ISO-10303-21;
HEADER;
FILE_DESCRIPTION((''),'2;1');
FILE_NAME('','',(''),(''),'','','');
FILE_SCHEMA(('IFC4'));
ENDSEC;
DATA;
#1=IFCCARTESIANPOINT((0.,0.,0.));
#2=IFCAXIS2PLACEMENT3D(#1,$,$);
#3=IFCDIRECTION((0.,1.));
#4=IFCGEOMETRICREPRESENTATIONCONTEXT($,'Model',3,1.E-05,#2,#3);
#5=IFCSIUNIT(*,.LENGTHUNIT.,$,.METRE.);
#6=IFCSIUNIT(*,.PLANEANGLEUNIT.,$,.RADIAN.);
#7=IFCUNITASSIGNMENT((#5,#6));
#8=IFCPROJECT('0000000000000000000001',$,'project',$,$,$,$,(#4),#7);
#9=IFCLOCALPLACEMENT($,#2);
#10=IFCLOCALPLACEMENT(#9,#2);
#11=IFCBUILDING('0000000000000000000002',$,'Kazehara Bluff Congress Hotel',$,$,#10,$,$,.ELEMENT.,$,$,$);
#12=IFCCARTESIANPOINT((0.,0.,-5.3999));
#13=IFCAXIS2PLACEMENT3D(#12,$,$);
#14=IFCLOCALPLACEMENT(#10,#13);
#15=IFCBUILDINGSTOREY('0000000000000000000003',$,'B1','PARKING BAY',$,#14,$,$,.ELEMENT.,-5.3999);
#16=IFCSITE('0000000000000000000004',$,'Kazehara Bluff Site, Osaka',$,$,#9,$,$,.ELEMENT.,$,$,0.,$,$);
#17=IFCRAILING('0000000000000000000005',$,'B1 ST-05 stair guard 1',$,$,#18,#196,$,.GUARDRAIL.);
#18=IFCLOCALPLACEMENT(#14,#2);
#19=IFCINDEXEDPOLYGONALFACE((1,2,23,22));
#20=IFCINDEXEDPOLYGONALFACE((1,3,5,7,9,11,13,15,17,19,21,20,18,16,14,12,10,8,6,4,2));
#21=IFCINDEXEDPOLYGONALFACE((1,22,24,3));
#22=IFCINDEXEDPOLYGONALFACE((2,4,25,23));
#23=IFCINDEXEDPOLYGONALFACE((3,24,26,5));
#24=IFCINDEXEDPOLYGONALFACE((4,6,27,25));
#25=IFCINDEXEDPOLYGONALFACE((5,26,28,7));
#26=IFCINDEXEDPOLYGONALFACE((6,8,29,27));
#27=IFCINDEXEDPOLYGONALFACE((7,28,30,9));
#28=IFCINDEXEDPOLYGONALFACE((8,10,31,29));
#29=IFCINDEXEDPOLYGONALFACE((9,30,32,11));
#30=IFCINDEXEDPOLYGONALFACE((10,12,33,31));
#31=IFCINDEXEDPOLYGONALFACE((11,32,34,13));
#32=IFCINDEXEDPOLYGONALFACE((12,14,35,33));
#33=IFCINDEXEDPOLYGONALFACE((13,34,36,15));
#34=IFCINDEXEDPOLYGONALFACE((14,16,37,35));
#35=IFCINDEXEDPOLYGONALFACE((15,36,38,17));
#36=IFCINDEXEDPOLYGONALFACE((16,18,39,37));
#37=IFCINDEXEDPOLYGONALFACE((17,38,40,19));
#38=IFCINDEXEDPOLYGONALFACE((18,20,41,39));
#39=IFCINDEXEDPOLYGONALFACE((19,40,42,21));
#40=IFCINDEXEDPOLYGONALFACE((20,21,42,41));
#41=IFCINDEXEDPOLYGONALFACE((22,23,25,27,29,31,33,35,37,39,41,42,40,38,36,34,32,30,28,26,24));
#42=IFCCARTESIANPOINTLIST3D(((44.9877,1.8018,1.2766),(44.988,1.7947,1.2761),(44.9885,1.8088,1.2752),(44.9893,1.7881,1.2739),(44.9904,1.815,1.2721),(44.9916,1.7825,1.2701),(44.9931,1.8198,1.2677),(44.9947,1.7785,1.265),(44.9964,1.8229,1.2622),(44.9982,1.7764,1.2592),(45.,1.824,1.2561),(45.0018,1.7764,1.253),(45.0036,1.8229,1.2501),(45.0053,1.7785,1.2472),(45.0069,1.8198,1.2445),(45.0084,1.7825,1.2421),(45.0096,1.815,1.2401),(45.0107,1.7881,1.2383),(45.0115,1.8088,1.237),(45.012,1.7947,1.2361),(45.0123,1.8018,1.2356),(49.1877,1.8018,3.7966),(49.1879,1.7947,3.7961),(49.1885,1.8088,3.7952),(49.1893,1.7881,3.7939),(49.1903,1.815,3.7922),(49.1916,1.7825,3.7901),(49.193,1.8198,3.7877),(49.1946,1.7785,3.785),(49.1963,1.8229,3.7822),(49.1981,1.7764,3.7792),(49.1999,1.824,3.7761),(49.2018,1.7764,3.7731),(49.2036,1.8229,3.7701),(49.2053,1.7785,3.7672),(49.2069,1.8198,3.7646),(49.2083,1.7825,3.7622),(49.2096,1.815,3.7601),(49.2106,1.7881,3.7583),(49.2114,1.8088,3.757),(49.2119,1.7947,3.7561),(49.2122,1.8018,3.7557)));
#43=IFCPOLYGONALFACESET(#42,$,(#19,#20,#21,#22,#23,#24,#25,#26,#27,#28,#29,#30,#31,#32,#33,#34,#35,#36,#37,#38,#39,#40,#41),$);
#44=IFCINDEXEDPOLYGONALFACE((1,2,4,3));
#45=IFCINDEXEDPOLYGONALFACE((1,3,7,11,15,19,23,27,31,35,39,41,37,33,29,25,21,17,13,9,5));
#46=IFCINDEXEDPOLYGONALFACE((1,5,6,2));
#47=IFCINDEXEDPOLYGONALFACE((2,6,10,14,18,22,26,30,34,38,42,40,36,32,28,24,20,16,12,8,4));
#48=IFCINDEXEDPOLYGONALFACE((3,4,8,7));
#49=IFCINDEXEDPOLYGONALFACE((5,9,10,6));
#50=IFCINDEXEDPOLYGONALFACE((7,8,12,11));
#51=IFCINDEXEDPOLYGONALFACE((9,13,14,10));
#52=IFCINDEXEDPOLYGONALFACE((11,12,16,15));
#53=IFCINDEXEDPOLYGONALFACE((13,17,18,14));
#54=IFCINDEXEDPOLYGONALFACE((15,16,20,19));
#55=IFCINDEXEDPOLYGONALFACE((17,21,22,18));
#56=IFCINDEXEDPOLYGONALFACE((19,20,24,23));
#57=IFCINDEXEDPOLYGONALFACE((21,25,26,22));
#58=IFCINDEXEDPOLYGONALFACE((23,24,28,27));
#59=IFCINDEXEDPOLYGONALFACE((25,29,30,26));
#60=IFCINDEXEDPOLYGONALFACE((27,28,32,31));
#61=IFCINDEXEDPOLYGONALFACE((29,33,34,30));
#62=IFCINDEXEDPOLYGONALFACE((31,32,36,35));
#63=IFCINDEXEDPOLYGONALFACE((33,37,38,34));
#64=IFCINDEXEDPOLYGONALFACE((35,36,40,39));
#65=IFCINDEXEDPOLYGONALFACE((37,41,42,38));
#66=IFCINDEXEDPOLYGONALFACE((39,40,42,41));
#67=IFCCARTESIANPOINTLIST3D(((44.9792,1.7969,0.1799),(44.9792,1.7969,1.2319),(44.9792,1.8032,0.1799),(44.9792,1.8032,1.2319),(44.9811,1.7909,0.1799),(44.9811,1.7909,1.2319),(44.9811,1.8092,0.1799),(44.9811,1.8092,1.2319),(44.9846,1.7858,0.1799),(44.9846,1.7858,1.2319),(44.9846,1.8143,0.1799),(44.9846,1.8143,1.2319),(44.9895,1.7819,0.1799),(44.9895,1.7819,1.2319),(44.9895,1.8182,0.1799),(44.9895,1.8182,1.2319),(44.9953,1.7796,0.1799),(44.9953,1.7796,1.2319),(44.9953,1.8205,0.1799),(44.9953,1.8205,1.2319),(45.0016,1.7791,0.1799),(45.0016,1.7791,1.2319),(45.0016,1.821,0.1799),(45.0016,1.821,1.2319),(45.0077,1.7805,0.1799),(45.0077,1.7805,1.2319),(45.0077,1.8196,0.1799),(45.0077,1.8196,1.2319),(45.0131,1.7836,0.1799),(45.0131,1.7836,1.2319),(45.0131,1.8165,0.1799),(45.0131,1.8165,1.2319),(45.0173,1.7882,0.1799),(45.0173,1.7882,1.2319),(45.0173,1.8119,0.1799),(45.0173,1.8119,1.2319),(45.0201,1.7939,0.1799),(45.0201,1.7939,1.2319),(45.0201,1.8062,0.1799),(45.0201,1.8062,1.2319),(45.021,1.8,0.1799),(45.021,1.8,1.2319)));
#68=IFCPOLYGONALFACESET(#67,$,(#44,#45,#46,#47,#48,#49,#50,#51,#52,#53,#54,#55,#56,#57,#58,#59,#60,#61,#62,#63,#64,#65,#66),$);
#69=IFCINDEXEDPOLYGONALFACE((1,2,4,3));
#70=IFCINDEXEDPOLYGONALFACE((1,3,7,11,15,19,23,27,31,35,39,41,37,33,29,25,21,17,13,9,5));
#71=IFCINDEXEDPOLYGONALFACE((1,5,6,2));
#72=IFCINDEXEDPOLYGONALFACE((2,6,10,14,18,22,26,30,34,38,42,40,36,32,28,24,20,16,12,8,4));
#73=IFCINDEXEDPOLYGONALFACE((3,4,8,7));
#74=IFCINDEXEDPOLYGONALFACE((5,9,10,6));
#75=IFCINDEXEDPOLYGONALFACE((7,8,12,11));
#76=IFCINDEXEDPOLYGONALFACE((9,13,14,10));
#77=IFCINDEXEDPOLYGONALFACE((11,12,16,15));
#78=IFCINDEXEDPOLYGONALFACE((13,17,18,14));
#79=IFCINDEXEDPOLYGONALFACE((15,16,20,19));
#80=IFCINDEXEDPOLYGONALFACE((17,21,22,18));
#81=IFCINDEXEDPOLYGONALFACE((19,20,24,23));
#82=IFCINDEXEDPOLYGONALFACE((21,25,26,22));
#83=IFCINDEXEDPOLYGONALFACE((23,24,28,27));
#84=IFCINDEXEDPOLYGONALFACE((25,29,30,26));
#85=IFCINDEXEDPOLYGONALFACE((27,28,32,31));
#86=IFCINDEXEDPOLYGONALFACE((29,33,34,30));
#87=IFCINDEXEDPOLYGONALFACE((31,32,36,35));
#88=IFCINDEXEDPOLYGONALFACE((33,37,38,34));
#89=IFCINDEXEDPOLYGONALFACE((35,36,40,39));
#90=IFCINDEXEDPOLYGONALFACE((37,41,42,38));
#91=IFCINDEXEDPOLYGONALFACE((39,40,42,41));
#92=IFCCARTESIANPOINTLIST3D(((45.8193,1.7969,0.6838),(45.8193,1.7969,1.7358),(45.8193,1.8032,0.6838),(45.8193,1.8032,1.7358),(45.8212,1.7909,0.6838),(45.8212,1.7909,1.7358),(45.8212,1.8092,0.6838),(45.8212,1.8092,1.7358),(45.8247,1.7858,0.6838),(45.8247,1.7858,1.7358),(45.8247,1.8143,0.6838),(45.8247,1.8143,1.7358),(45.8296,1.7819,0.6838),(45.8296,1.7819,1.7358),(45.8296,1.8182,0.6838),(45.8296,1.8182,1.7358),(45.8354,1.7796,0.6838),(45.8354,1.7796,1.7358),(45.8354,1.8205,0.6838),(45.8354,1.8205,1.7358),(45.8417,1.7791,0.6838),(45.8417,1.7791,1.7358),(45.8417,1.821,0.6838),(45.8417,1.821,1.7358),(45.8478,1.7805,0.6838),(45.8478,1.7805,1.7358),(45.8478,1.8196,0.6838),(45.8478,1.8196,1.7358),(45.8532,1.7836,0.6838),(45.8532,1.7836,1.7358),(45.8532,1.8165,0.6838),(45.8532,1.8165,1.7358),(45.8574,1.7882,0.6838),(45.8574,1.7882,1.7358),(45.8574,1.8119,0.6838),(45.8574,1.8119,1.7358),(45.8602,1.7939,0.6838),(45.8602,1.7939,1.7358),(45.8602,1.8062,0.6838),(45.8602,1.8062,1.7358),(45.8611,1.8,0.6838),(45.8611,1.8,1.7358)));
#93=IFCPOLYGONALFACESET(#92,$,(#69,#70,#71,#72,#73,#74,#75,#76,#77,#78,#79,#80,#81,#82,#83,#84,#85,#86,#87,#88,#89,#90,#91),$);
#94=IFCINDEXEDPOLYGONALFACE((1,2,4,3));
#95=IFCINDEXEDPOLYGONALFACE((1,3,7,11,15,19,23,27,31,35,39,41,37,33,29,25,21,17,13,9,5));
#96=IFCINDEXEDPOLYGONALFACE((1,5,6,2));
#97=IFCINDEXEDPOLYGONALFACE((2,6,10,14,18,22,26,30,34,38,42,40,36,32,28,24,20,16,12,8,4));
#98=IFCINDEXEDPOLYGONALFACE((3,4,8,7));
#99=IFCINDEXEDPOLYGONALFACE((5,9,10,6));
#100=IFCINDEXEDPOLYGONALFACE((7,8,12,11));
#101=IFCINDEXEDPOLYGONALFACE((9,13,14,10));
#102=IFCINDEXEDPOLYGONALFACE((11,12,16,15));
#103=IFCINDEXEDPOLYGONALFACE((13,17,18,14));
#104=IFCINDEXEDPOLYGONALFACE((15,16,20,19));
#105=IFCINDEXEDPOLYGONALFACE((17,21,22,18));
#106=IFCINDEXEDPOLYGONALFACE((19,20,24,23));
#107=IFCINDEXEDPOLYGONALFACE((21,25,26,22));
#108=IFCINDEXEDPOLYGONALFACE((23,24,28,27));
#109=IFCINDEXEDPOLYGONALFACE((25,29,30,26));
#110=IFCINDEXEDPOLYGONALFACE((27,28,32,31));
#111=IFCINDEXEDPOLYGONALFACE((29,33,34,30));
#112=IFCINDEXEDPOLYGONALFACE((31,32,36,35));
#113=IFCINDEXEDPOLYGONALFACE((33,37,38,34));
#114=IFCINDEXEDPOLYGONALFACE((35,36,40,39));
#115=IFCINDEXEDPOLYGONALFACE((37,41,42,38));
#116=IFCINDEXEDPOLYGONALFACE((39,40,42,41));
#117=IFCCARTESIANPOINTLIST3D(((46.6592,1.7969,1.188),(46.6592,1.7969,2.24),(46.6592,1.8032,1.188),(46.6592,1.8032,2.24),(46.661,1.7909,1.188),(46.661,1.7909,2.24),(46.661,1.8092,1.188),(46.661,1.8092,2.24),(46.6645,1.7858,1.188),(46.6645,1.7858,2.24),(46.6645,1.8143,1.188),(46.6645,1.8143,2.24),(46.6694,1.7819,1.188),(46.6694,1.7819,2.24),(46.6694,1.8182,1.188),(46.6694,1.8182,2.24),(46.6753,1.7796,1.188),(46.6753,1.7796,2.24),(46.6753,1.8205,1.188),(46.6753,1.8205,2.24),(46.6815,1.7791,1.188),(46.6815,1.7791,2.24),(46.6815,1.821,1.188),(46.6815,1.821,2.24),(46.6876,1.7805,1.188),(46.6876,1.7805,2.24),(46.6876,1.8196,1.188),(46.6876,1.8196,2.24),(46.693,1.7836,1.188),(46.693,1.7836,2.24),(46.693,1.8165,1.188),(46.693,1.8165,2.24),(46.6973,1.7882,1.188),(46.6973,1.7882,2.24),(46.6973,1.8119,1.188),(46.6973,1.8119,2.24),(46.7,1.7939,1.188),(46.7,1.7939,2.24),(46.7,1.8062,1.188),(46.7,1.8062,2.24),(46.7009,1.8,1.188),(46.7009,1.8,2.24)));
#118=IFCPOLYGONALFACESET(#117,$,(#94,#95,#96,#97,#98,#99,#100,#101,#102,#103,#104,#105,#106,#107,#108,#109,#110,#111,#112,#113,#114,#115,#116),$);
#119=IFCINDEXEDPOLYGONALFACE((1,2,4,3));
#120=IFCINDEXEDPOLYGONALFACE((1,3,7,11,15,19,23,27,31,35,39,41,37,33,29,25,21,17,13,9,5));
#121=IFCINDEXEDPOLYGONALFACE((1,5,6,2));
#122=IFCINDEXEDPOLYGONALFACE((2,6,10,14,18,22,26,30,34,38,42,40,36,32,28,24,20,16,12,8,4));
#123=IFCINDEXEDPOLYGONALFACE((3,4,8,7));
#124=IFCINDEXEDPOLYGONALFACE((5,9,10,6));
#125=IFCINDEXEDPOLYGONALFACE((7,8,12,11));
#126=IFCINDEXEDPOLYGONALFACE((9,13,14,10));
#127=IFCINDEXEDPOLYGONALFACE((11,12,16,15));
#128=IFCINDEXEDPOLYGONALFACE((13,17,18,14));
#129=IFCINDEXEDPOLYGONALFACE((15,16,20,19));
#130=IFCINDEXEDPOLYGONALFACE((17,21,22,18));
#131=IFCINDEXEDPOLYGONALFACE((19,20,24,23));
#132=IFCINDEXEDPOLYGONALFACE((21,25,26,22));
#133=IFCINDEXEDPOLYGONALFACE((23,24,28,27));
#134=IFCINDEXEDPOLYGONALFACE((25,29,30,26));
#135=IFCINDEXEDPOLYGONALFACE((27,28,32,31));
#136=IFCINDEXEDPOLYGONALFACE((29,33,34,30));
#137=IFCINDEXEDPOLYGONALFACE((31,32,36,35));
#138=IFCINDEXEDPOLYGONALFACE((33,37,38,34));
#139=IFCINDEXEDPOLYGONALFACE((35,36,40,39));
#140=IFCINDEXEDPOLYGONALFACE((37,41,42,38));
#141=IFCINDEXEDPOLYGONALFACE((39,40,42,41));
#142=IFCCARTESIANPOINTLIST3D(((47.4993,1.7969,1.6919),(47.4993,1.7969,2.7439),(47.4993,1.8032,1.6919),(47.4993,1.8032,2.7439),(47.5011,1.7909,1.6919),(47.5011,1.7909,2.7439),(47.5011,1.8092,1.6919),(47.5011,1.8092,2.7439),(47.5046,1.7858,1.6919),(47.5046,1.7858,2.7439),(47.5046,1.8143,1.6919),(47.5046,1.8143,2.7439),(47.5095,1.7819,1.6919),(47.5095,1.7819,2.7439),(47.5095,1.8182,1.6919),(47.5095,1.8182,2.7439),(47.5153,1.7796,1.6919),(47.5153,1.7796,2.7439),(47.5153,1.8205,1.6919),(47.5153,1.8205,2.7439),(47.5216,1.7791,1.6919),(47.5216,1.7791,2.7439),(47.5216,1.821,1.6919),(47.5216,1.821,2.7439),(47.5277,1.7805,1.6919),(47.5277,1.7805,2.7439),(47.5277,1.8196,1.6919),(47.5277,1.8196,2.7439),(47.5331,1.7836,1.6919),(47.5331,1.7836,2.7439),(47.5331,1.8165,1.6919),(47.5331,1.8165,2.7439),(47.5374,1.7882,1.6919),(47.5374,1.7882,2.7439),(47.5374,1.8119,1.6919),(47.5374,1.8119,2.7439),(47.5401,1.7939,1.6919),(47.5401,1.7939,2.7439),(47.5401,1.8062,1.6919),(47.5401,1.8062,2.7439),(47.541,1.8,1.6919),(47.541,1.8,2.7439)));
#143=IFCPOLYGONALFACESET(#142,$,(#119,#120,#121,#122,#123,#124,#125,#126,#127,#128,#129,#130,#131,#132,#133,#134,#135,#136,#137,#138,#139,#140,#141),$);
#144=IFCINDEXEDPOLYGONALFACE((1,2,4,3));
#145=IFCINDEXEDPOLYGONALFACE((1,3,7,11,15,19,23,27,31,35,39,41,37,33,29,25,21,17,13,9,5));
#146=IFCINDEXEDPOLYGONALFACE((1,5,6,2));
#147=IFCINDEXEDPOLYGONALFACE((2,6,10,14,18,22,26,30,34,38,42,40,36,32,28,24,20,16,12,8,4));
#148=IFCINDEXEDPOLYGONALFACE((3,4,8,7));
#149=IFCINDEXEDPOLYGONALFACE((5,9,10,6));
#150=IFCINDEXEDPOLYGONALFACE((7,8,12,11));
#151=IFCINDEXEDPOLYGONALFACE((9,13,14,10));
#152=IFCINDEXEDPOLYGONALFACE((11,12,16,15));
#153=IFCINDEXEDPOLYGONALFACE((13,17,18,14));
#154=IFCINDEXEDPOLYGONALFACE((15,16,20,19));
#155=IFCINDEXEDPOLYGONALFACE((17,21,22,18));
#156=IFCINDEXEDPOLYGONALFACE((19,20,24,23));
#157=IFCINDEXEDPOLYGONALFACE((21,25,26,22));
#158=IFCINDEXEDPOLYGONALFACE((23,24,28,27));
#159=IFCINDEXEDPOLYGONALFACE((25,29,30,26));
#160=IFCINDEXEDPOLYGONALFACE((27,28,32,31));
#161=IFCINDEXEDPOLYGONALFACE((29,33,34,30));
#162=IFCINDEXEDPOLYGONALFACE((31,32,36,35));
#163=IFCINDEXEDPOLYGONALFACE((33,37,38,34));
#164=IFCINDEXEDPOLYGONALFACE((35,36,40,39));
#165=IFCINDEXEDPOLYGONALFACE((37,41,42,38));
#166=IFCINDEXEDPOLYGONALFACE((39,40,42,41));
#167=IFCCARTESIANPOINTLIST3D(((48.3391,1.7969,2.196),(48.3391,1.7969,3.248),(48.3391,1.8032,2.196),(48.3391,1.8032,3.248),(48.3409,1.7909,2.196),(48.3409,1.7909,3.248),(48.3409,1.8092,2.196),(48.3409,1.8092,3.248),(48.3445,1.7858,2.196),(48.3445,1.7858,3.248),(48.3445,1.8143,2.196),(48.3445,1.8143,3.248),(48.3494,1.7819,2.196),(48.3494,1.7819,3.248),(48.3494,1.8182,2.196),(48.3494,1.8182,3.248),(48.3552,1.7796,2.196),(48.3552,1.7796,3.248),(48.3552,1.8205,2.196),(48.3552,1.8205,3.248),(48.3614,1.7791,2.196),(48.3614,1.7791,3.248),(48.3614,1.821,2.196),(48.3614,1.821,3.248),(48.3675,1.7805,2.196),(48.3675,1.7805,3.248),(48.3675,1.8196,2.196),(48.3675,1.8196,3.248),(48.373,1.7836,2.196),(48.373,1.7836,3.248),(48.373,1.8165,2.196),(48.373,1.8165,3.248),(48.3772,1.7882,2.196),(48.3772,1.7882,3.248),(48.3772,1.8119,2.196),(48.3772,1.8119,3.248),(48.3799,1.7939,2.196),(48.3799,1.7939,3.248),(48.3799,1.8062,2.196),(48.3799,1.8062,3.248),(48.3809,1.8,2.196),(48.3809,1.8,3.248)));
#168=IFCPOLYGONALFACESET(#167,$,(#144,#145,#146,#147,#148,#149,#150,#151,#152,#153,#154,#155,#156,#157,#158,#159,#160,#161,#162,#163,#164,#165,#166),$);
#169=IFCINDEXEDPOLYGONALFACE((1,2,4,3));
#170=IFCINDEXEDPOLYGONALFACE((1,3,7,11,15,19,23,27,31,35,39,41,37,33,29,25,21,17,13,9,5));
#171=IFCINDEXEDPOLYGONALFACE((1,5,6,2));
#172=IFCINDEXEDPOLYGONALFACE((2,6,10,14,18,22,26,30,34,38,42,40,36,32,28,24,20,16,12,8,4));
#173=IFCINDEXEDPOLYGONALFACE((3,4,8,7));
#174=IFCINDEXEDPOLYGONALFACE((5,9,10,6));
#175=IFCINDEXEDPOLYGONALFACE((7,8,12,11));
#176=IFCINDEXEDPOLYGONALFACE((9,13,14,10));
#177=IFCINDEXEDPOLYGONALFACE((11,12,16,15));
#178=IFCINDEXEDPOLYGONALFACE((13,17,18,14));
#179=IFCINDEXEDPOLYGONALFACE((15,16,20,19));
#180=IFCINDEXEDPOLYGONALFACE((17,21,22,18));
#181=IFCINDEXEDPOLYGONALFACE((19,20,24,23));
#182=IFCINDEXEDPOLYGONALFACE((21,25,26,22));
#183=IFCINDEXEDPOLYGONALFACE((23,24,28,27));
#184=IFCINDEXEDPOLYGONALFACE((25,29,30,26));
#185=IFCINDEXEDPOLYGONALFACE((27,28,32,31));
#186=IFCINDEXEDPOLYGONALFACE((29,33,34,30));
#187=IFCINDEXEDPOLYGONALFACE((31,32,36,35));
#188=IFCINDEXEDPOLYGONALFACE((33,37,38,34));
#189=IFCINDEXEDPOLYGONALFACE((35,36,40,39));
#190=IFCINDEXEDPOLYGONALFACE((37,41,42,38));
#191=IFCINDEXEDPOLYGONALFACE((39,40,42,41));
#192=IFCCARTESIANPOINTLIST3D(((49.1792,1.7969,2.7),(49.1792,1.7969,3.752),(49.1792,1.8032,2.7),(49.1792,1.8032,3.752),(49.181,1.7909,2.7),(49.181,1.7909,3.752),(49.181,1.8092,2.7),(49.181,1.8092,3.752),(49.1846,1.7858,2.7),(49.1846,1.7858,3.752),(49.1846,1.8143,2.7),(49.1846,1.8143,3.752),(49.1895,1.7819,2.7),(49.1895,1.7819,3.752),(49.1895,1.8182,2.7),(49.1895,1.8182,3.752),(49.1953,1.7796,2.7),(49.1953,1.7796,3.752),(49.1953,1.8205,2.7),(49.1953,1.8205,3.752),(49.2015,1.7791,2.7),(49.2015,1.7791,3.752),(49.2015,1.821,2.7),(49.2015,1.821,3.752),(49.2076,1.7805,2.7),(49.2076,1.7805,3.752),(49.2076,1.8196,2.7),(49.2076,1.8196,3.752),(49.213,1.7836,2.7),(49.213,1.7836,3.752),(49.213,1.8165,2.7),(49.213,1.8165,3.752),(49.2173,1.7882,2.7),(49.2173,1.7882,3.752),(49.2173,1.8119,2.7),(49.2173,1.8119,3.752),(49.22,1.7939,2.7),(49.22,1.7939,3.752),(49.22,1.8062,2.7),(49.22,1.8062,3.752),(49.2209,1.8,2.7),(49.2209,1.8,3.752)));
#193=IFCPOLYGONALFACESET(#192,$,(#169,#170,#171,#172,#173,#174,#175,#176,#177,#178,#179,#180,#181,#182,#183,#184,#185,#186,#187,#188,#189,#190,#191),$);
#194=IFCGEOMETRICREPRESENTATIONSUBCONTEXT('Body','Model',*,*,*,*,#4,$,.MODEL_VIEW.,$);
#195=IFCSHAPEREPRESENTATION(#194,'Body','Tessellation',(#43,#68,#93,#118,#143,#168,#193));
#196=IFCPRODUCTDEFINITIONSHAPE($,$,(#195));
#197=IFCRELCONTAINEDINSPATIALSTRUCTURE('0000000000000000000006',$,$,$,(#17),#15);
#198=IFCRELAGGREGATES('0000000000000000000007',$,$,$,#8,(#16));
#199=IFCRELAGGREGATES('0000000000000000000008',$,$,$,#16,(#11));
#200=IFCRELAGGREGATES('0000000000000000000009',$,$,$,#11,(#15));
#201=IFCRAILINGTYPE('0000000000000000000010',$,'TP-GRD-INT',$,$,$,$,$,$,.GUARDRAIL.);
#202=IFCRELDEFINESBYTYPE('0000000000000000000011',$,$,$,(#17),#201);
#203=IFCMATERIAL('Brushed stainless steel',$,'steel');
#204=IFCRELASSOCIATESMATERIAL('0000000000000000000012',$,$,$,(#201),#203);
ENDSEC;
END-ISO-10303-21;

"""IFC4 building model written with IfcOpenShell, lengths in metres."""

from ifc_helpers import new_model, si_unit, direction, frame, origin, origin_2d, place, context, subcontext, project, spatial, circle, extrude, material, type_object, element, save


model = new_model("IFC4")

# Units and contexts
model_context = context("Model", 3, precision=1e-05, world=origin(), true_north=direction((0.0, 1.0)))
body_context = subcontext(model_context, "Body", "Model", "MODEL_VIEW")
ifc_project = project(units=[si_unit("LENGTHUNIT", "METRE"), si_unit("PLANEANGLEUNIT", "RADIAN")], contexts=[model_context])

# Site, building, storey
site_placement = place(None, origin())
site = spatial("IfcSite", under=ifc_project, at=site_placement, Name="Kazehara Bluff Site, Osaka", CompositionType="ELEMENT", RefElevation=0.0)
building_placement = place(site_placement, origin())
building = spatial("IfcBuilding", under=site, at=building_placement, Name="Kazehara Bluff Congress Hotel", CompositionType="ELEMENT")
storey_placement = place(building_placement, frame((0.0, 0.0, -5.3999)))
storey = spatial("IfcBuildingStorey", under=building, at=storey_placement, Name="B1", Description="PARKING BAY", CompositionType="ELEMENT", Elevation=-5.3999)

# Railing
ifc_material_1 = material(Name="Brushed stainless steel", Category="steel")
railing_type_1 = type_object("IfcRailingType", Name="TP-GRD-INT", PredefinedType="GUARDRAIL", material=ifc_material_1)
railing_1_placement = place(storey_placement, frame((45.0, 1.8, 0.1799)))
element("IfcRailing", 1, at=railing_1_placement, inside=storey, type_object=railing_type_1, Name="B1 ST-05 stair guard 1", PredefinedType="GUARDRAIL", context=body_context, shape_type="SweptSolid", body=[
    extrude(circle(Radius=0.0239, at=origin_2d()), frame((0.0, 0.0, 1.0762), z_axis=(0.857489, 0.0, 0.514503), x_axis=(0.0, 1.0, 0.0)), (0.0, 0.0, 1.0), 4.8979),
    extrude(circle(Radius=0.021, at=origin_2d()), origin(), (0.0, 0.0, 1.0), 1.052),
    extrude(circle(Radius=0.021, at=origin_2d()), frame((0.8401, 0.0, 0.5039)), (0.0, 0.0, 1.0), 1.052),
    extrude(circle(Radius=0.021, at=origin_2d()), frame((1.6799, 0.0, 1.0081)), (0.0, 0.0, 1.0), 1.052),
    extrude(circle(Radius=0.021, at=origin_2d()), frame((2.52, 0.0, 1.512)), (0.0, 0.0, 1.0), 1.052),
    extrude(circle(Radius=0.021, at=origin_2d()), frame((3.3599, 0.0, 2.0161)), (0.0, 0.0, 1.0), 1.052),
    extrude(circle(Radius=0.021, at=origin_2d()), frame((4.2, 0.0, 2.52)), (0.0, 0.0, 1.0), 1.052),
])

save(model, "model.ifc")
